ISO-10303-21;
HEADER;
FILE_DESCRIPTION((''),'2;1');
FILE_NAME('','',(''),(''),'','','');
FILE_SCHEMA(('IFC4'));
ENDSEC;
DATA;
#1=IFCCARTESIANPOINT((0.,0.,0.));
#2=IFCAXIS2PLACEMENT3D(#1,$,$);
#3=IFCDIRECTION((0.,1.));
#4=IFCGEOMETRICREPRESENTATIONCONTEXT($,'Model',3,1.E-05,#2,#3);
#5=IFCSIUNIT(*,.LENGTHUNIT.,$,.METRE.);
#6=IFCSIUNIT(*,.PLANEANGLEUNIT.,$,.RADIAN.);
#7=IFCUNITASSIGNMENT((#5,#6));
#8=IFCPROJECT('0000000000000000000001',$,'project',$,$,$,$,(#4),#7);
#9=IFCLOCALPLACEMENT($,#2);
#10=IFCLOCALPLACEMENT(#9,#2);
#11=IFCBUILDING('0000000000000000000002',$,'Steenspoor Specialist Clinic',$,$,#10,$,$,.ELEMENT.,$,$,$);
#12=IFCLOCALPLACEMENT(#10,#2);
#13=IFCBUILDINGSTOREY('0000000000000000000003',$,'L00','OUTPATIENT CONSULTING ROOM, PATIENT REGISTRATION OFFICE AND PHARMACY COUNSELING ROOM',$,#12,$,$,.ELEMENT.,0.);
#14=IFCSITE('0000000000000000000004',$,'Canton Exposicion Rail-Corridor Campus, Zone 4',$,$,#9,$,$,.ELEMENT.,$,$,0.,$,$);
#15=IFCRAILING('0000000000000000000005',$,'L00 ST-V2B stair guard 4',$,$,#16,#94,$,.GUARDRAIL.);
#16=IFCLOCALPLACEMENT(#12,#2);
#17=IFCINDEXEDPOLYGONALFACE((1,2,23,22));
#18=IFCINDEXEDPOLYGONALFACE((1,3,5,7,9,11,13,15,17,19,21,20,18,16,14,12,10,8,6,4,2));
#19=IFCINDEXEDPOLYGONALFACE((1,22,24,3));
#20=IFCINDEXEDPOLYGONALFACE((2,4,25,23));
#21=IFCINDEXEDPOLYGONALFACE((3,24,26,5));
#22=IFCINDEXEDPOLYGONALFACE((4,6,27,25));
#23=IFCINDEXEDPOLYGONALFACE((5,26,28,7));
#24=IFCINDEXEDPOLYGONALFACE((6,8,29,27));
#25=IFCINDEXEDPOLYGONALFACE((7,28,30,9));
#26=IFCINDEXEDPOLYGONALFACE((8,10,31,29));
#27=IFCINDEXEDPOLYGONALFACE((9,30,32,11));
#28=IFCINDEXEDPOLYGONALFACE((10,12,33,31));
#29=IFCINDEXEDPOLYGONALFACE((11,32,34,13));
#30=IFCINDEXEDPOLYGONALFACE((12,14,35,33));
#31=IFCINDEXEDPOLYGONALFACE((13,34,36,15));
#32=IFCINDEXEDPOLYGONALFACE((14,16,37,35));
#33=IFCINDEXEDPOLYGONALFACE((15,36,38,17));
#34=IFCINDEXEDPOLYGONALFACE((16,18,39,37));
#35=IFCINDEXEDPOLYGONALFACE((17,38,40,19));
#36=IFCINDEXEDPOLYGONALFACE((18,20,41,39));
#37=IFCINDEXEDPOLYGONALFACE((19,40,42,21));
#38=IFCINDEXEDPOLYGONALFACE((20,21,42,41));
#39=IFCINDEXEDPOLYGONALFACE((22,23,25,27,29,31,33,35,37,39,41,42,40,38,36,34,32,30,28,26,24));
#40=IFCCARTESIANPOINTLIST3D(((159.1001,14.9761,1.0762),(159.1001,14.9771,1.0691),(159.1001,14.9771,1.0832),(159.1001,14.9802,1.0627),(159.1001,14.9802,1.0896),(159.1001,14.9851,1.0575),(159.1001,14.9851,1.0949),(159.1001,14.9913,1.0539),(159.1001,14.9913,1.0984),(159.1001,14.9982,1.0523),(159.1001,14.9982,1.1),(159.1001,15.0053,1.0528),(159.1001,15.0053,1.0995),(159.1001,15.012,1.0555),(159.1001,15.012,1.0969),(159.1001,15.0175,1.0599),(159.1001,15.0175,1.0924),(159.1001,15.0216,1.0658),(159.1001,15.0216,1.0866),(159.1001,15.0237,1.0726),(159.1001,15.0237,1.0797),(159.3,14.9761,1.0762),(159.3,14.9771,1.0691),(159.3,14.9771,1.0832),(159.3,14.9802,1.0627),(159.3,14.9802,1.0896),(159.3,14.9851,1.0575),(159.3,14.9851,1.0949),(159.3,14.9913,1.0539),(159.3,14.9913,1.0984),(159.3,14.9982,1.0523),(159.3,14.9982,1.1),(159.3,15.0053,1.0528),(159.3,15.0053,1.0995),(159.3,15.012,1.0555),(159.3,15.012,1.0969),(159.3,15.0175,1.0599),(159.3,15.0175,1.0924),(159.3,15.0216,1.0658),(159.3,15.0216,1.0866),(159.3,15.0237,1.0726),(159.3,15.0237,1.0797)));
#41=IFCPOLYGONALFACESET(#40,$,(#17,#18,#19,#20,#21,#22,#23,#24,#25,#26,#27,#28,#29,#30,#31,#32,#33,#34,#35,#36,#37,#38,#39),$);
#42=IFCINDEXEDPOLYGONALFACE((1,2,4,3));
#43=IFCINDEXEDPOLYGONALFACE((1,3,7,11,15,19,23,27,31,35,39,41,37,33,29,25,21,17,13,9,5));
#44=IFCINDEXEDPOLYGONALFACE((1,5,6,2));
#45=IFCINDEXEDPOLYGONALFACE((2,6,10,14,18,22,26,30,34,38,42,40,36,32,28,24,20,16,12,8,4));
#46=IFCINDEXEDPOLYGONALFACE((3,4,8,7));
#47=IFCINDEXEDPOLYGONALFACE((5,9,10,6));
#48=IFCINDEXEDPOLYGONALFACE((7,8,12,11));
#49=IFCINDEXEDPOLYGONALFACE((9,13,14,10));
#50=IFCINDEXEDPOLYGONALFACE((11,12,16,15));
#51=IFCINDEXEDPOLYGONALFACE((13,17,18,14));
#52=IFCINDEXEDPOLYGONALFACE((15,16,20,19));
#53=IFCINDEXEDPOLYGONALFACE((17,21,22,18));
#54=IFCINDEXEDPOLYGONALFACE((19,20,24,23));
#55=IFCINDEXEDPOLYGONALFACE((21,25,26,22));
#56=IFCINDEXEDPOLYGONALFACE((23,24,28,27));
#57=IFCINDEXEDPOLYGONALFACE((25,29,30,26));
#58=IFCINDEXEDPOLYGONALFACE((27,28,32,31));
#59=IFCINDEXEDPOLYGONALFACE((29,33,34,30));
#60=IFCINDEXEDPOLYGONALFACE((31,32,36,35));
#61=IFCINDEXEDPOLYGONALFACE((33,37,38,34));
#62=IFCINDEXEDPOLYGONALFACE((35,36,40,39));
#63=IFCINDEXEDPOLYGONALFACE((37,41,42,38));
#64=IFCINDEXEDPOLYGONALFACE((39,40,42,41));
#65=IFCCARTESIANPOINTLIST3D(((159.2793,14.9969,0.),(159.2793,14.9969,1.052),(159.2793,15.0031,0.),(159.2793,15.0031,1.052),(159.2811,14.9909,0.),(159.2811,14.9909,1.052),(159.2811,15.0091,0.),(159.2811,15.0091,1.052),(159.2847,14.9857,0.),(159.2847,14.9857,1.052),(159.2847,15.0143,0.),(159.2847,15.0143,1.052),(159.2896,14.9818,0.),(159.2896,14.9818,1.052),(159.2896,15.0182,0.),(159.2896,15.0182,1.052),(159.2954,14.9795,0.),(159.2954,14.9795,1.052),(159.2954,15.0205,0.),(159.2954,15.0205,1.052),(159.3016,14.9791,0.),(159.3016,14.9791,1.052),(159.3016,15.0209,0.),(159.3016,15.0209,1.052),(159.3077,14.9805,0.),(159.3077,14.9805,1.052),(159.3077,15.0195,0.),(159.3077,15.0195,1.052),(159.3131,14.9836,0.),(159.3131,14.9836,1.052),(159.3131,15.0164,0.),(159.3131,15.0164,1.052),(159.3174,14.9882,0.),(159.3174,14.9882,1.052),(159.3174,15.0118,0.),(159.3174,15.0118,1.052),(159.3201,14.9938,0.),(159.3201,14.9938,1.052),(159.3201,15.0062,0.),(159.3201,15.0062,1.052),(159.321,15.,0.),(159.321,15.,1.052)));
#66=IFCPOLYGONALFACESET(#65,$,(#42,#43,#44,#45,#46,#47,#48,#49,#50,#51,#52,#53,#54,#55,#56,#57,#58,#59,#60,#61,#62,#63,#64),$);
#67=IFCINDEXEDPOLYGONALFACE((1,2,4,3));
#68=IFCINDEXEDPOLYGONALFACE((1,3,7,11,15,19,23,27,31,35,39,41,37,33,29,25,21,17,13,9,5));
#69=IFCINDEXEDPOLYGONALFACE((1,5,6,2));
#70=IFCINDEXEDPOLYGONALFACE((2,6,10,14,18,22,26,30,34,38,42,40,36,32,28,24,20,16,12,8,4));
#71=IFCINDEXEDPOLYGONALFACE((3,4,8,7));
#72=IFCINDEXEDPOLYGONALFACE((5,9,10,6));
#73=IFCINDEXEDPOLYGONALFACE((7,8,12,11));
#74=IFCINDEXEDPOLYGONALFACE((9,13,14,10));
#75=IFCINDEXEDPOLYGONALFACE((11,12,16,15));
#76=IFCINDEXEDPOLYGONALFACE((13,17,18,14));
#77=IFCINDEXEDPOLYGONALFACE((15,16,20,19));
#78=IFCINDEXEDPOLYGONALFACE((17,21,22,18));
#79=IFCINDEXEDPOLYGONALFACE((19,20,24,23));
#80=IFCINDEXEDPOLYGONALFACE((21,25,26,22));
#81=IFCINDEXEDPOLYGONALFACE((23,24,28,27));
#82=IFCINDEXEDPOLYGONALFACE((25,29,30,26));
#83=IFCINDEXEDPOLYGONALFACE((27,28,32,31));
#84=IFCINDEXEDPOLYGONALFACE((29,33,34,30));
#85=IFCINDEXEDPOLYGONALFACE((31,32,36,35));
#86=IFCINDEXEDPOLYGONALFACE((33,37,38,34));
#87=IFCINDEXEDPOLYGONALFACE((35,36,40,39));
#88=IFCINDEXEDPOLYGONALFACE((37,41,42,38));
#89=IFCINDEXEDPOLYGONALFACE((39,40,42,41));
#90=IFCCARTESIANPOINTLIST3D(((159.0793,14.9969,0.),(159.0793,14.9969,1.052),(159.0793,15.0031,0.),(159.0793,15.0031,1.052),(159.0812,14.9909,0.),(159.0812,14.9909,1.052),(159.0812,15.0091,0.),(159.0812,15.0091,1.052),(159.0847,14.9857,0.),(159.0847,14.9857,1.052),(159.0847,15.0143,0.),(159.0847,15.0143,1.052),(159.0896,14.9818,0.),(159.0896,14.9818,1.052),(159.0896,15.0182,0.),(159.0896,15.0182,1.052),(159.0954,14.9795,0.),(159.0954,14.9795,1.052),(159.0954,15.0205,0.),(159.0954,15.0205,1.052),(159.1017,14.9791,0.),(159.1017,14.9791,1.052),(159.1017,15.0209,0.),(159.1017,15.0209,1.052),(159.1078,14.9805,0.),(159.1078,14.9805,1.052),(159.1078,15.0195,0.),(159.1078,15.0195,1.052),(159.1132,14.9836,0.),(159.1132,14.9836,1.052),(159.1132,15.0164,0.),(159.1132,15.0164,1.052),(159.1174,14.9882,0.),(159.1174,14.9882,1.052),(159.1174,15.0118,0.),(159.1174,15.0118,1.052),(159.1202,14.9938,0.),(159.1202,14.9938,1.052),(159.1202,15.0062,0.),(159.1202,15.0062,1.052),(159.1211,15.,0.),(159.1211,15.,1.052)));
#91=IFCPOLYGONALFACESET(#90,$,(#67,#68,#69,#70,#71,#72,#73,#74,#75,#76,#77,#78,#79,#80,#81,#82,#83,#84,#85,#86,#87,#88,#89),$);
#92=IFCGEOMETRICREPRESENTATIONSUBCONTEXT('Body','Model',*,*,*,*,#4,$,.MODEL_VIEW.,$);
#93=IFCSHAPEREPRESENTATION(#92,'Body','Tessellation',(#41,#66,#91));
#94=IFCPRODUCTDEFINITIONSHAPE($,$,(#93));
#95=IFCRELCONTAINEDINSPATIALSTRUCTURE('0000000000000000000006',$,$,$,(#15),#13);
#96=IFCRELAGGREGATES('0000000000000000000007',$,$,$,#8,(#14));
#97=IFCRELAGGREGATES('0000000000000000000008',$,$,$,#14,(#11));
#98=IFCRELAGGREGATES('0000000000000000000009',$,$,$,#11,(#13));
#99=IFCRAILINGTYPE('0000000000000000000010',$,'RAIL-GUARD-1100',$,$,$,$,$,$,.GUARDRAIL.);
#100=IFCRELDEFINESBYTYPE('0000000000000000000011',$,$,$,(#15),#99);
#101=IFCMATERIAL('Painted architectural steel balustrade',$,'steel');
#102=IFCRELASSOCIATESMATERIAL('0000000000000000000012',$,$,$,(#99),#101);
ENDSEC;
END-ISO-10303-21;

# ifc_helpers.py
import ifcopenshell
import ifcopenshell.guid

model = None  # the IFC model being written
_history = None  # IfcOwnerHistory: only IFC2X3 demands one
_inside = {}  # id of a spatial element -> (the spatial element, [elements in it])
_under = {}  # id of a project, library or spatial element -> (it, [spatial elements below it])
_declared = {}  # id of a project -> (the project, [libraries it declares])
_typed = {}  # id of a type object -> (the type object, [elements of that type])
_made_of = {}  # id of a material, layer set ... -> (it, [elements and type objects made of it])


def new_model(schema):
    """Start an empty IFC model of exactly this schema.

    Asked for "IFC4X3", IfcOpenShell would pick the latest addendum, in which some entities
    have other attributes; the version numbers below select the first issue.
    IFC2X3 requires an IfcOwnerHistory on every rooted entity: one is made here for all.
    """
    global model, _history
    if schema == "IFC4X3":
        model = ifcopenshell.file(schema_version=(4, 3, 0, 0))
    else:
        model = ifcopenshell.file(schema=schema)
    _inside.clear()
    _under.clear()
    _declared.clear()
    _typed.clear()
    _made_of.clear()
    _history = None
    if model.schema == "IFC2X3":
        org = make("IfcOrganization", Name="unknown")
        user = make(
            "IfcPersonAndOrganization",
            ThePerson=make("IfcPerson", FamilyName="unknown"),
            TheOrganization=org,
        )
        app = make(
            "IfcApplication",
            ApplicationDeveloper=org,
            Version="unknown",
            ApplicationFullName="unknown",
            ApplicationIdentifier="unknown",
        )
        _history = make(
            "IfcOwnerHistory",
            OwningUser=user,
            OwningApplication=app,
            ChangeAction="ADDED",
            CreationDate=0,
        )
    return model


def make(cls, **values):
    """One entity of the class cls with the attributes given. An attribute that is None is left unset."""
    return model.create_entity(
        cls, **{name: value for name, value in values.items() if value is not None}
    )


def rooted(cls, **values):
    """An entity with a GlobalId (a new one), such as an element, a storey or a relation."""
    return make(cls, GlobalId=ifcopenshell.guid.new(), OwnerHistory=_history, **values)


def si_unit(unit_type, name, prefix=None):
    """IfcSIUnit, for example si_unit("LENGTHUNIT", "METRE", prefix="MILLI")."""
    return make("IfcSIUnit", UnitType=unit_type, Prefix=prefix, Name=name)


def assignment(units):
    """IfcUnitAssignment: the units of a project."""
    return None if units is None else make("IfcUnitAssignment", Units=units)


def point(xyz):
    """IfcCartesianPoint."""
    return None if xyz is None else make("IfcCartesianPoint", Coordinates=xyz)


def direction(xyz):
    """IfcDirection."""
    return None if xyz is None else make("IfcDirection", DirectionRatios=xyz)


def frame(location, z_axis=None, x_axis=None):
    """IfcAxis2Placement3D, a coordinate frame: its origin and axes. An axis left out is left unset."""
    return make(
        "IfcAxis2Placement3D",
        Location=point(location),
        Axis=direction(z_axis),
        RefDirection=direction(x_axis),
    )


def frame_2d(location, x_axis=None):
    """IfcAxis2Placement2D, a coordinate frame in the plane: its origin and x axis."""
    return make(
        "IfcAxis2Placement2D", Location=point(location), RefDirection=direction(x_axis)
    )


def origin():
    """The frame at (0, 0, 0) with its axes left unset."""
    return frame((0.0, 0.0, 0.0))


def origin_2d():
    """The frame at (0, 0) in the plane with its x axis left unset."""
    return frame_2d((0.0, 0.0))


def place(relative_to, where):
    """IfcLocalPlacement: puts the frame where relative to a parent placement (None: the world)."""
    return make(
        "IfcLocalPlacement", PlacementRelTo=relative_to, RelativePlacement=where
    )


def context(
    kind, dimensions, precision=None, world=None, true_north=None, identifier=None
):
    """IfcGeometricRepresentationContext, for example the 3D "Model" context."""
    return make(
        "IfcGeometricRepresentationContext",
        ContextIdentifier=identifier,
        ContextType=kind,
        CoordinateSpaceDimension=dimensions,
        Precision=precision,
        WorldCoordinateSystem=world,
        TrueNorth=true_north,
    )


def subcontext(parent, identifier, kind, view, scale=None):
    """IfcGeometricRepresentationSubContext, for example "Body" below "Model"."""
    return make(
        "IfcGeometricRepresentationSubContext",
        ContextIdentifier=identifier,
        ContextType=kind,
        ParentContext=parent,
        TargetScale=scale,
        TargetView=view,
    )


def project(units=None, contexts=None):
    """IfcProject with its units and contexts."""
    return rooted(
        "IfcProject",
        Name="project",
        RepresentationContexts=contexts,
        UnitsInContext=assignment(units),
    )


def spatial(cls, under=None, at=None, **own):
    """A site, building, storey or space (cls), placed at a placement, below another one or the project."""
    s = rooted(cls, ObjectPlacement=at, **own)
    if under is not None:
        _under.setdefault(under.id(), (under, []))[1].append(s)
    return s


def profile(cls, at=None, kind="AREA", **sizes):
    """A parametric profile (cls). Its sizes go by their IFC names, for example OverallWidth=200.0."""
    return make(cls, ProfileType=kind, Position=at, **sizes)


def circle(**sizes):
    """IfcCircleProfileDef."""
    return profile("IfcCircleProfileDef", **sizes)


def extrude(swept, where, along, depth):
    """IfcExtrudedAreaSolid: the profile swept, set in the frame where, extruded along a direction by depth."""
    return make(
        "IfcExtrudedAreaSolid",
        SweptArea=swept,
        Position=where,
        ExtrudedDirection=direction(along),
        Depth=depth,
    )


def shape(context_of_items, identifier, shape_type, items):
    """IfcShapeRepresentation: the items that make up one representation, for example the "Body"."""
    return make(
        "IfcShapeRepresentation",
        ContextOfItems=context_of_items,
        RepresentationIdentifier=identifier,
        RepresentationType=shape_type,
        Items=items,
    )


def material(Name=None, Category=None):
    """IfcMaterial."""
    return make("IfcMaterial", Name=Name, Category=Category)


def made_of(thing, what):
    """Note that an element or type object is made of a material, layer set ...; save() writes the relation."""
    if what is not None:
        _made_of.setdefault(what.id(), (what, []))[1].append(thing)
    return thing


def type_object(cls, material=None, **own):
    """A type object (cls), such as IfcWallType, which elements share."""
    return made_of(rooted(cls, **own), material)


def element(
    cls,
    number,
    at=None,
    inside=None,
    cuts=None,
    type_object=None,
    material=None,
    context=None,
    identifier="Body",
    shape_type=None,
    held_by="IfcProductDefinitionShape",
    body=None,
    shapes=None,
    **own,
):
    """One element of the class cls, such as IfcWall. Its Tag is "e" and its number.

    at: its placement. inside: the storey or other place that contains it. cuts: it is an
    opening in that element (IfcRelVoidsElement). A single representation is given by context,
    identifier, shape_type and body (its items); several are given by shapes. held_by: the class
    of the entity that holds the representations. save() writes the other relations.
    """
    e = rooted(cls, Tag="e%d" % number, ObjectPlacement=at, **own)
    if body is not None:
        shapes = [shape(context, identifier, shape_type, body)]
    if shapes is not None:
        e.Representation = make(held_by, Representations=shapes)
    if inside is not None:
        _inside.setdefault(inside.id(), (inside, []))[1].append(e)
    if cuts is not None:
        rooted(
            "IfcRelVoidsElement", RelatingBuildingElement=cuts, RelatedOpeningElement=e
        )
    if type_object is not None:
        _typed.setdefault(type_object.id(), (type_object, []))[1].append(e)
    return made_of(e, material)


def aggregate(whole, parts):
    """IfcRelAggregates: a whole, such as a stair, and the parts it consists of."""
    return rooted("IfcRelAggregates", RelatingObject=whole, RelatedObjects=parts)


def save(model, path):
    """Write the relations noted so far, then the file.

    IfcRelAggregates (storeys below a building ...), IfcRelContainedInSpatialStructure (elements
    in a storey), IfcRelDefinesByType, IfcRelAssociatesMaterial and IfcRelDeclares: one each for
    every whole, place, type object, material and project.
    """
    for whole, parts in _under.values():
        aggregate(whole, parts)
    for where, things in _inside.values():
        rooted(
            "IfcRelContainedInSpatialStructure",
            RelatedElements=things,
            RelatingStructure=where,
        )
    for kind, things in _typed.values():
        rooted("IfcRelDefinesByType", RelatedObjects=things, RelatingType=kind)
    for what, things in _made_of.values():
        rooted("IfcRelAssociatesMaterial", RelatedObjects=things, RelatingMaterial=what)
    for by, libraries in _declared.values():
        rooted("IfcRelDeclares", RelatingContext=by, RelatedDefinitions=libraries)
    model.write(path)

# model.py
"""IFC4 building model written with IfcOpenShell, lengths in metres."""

from ifc_helpers import new_model, si_unit, direction, frame, origin, origin_2d, place, context, subcontext, project, spatial, circle, extrude, material, type_object, element, save


model = new_model("IFC4")

# Units and contexts
model_context = context("Model", 3, precision=1e-05, world=origin(), true_north=direction((0.0, 1.0)))
body_context = subcontext(model_context, "Body", "Model", "MODEL_VIEW")
ifc_project = project(units=[si_unit("LENGTHUNIT", "METRE"), si_unit("PLANEANGLEUNIT", "RADIAN")], contexts=[model_context])

# Site, building, storey
site_placement = place(None, origin())
site = spatial("IfcSite", under=ifc_project, at=site_placement, Name="Canton Exposicion Rail-Corridor Campus, Zone 4", CompositionType="ELEMENT", RefElevation=0.0)
building_placement = place(site_placement, origin())
building = spatial("IfcBuilding", under=site, at=building_placement, Name="Steenspoor Specialist Clinic", CompositionType="ELEMENT")
storey_placement = place(building_placement, origin())
storey = spatial("IfcBuildingStorey", under=building, at=storey_placement, Name="L00", Description="OUTPATIENT CONSULTING ROOM, PATIENT REGISTRATION OFFICE AND PHARMACY COUNSELING ROOM", CompositionType="ELEMENT", Elevation=0.0)

# Railing
ifc_material_1 = material(Name="Painted architectural steel balustrade", Category="steel")
railing_type_1 = type_object("IfcRailingType", Name="RAIL-GUARD-1100", PredefinedType="GUARDRAIL", material=ifc_material_1)
railing_1_placement = place(storey_placement, frame((159.3, 15.0, 0.0)))
element("IfcRailing", 1, at=railing_1_placement, inside=storey, type_object=railing_type_1, Name="L00 ST-V2B stair guard 4", PredefinedType="GUARDRAIL", context=body_context, shape_type="SweptSolid", body=[
    extrude(circle(Radius=0.0239, at=origin_2d()), frame((0.0, 0.0, 1.0762), z_axis=(-1.0, 0.0, 0.0), x_axis=(0.0, -1.0, 0.0)), (0.0, 0.0, 1.0), 0.2),
    extrude(circle(Radius=0.021, at=origin_2d()), origin(), (0.0, 0.0, 1.0), 1.052),
    extrude(circle(Radius=0.021, at=origin_2d()), frame((-0.2, 0.0, 0.0)), (0.0, 0.0, 1.0), 1.052),
])

save(model, "model.ifc")
